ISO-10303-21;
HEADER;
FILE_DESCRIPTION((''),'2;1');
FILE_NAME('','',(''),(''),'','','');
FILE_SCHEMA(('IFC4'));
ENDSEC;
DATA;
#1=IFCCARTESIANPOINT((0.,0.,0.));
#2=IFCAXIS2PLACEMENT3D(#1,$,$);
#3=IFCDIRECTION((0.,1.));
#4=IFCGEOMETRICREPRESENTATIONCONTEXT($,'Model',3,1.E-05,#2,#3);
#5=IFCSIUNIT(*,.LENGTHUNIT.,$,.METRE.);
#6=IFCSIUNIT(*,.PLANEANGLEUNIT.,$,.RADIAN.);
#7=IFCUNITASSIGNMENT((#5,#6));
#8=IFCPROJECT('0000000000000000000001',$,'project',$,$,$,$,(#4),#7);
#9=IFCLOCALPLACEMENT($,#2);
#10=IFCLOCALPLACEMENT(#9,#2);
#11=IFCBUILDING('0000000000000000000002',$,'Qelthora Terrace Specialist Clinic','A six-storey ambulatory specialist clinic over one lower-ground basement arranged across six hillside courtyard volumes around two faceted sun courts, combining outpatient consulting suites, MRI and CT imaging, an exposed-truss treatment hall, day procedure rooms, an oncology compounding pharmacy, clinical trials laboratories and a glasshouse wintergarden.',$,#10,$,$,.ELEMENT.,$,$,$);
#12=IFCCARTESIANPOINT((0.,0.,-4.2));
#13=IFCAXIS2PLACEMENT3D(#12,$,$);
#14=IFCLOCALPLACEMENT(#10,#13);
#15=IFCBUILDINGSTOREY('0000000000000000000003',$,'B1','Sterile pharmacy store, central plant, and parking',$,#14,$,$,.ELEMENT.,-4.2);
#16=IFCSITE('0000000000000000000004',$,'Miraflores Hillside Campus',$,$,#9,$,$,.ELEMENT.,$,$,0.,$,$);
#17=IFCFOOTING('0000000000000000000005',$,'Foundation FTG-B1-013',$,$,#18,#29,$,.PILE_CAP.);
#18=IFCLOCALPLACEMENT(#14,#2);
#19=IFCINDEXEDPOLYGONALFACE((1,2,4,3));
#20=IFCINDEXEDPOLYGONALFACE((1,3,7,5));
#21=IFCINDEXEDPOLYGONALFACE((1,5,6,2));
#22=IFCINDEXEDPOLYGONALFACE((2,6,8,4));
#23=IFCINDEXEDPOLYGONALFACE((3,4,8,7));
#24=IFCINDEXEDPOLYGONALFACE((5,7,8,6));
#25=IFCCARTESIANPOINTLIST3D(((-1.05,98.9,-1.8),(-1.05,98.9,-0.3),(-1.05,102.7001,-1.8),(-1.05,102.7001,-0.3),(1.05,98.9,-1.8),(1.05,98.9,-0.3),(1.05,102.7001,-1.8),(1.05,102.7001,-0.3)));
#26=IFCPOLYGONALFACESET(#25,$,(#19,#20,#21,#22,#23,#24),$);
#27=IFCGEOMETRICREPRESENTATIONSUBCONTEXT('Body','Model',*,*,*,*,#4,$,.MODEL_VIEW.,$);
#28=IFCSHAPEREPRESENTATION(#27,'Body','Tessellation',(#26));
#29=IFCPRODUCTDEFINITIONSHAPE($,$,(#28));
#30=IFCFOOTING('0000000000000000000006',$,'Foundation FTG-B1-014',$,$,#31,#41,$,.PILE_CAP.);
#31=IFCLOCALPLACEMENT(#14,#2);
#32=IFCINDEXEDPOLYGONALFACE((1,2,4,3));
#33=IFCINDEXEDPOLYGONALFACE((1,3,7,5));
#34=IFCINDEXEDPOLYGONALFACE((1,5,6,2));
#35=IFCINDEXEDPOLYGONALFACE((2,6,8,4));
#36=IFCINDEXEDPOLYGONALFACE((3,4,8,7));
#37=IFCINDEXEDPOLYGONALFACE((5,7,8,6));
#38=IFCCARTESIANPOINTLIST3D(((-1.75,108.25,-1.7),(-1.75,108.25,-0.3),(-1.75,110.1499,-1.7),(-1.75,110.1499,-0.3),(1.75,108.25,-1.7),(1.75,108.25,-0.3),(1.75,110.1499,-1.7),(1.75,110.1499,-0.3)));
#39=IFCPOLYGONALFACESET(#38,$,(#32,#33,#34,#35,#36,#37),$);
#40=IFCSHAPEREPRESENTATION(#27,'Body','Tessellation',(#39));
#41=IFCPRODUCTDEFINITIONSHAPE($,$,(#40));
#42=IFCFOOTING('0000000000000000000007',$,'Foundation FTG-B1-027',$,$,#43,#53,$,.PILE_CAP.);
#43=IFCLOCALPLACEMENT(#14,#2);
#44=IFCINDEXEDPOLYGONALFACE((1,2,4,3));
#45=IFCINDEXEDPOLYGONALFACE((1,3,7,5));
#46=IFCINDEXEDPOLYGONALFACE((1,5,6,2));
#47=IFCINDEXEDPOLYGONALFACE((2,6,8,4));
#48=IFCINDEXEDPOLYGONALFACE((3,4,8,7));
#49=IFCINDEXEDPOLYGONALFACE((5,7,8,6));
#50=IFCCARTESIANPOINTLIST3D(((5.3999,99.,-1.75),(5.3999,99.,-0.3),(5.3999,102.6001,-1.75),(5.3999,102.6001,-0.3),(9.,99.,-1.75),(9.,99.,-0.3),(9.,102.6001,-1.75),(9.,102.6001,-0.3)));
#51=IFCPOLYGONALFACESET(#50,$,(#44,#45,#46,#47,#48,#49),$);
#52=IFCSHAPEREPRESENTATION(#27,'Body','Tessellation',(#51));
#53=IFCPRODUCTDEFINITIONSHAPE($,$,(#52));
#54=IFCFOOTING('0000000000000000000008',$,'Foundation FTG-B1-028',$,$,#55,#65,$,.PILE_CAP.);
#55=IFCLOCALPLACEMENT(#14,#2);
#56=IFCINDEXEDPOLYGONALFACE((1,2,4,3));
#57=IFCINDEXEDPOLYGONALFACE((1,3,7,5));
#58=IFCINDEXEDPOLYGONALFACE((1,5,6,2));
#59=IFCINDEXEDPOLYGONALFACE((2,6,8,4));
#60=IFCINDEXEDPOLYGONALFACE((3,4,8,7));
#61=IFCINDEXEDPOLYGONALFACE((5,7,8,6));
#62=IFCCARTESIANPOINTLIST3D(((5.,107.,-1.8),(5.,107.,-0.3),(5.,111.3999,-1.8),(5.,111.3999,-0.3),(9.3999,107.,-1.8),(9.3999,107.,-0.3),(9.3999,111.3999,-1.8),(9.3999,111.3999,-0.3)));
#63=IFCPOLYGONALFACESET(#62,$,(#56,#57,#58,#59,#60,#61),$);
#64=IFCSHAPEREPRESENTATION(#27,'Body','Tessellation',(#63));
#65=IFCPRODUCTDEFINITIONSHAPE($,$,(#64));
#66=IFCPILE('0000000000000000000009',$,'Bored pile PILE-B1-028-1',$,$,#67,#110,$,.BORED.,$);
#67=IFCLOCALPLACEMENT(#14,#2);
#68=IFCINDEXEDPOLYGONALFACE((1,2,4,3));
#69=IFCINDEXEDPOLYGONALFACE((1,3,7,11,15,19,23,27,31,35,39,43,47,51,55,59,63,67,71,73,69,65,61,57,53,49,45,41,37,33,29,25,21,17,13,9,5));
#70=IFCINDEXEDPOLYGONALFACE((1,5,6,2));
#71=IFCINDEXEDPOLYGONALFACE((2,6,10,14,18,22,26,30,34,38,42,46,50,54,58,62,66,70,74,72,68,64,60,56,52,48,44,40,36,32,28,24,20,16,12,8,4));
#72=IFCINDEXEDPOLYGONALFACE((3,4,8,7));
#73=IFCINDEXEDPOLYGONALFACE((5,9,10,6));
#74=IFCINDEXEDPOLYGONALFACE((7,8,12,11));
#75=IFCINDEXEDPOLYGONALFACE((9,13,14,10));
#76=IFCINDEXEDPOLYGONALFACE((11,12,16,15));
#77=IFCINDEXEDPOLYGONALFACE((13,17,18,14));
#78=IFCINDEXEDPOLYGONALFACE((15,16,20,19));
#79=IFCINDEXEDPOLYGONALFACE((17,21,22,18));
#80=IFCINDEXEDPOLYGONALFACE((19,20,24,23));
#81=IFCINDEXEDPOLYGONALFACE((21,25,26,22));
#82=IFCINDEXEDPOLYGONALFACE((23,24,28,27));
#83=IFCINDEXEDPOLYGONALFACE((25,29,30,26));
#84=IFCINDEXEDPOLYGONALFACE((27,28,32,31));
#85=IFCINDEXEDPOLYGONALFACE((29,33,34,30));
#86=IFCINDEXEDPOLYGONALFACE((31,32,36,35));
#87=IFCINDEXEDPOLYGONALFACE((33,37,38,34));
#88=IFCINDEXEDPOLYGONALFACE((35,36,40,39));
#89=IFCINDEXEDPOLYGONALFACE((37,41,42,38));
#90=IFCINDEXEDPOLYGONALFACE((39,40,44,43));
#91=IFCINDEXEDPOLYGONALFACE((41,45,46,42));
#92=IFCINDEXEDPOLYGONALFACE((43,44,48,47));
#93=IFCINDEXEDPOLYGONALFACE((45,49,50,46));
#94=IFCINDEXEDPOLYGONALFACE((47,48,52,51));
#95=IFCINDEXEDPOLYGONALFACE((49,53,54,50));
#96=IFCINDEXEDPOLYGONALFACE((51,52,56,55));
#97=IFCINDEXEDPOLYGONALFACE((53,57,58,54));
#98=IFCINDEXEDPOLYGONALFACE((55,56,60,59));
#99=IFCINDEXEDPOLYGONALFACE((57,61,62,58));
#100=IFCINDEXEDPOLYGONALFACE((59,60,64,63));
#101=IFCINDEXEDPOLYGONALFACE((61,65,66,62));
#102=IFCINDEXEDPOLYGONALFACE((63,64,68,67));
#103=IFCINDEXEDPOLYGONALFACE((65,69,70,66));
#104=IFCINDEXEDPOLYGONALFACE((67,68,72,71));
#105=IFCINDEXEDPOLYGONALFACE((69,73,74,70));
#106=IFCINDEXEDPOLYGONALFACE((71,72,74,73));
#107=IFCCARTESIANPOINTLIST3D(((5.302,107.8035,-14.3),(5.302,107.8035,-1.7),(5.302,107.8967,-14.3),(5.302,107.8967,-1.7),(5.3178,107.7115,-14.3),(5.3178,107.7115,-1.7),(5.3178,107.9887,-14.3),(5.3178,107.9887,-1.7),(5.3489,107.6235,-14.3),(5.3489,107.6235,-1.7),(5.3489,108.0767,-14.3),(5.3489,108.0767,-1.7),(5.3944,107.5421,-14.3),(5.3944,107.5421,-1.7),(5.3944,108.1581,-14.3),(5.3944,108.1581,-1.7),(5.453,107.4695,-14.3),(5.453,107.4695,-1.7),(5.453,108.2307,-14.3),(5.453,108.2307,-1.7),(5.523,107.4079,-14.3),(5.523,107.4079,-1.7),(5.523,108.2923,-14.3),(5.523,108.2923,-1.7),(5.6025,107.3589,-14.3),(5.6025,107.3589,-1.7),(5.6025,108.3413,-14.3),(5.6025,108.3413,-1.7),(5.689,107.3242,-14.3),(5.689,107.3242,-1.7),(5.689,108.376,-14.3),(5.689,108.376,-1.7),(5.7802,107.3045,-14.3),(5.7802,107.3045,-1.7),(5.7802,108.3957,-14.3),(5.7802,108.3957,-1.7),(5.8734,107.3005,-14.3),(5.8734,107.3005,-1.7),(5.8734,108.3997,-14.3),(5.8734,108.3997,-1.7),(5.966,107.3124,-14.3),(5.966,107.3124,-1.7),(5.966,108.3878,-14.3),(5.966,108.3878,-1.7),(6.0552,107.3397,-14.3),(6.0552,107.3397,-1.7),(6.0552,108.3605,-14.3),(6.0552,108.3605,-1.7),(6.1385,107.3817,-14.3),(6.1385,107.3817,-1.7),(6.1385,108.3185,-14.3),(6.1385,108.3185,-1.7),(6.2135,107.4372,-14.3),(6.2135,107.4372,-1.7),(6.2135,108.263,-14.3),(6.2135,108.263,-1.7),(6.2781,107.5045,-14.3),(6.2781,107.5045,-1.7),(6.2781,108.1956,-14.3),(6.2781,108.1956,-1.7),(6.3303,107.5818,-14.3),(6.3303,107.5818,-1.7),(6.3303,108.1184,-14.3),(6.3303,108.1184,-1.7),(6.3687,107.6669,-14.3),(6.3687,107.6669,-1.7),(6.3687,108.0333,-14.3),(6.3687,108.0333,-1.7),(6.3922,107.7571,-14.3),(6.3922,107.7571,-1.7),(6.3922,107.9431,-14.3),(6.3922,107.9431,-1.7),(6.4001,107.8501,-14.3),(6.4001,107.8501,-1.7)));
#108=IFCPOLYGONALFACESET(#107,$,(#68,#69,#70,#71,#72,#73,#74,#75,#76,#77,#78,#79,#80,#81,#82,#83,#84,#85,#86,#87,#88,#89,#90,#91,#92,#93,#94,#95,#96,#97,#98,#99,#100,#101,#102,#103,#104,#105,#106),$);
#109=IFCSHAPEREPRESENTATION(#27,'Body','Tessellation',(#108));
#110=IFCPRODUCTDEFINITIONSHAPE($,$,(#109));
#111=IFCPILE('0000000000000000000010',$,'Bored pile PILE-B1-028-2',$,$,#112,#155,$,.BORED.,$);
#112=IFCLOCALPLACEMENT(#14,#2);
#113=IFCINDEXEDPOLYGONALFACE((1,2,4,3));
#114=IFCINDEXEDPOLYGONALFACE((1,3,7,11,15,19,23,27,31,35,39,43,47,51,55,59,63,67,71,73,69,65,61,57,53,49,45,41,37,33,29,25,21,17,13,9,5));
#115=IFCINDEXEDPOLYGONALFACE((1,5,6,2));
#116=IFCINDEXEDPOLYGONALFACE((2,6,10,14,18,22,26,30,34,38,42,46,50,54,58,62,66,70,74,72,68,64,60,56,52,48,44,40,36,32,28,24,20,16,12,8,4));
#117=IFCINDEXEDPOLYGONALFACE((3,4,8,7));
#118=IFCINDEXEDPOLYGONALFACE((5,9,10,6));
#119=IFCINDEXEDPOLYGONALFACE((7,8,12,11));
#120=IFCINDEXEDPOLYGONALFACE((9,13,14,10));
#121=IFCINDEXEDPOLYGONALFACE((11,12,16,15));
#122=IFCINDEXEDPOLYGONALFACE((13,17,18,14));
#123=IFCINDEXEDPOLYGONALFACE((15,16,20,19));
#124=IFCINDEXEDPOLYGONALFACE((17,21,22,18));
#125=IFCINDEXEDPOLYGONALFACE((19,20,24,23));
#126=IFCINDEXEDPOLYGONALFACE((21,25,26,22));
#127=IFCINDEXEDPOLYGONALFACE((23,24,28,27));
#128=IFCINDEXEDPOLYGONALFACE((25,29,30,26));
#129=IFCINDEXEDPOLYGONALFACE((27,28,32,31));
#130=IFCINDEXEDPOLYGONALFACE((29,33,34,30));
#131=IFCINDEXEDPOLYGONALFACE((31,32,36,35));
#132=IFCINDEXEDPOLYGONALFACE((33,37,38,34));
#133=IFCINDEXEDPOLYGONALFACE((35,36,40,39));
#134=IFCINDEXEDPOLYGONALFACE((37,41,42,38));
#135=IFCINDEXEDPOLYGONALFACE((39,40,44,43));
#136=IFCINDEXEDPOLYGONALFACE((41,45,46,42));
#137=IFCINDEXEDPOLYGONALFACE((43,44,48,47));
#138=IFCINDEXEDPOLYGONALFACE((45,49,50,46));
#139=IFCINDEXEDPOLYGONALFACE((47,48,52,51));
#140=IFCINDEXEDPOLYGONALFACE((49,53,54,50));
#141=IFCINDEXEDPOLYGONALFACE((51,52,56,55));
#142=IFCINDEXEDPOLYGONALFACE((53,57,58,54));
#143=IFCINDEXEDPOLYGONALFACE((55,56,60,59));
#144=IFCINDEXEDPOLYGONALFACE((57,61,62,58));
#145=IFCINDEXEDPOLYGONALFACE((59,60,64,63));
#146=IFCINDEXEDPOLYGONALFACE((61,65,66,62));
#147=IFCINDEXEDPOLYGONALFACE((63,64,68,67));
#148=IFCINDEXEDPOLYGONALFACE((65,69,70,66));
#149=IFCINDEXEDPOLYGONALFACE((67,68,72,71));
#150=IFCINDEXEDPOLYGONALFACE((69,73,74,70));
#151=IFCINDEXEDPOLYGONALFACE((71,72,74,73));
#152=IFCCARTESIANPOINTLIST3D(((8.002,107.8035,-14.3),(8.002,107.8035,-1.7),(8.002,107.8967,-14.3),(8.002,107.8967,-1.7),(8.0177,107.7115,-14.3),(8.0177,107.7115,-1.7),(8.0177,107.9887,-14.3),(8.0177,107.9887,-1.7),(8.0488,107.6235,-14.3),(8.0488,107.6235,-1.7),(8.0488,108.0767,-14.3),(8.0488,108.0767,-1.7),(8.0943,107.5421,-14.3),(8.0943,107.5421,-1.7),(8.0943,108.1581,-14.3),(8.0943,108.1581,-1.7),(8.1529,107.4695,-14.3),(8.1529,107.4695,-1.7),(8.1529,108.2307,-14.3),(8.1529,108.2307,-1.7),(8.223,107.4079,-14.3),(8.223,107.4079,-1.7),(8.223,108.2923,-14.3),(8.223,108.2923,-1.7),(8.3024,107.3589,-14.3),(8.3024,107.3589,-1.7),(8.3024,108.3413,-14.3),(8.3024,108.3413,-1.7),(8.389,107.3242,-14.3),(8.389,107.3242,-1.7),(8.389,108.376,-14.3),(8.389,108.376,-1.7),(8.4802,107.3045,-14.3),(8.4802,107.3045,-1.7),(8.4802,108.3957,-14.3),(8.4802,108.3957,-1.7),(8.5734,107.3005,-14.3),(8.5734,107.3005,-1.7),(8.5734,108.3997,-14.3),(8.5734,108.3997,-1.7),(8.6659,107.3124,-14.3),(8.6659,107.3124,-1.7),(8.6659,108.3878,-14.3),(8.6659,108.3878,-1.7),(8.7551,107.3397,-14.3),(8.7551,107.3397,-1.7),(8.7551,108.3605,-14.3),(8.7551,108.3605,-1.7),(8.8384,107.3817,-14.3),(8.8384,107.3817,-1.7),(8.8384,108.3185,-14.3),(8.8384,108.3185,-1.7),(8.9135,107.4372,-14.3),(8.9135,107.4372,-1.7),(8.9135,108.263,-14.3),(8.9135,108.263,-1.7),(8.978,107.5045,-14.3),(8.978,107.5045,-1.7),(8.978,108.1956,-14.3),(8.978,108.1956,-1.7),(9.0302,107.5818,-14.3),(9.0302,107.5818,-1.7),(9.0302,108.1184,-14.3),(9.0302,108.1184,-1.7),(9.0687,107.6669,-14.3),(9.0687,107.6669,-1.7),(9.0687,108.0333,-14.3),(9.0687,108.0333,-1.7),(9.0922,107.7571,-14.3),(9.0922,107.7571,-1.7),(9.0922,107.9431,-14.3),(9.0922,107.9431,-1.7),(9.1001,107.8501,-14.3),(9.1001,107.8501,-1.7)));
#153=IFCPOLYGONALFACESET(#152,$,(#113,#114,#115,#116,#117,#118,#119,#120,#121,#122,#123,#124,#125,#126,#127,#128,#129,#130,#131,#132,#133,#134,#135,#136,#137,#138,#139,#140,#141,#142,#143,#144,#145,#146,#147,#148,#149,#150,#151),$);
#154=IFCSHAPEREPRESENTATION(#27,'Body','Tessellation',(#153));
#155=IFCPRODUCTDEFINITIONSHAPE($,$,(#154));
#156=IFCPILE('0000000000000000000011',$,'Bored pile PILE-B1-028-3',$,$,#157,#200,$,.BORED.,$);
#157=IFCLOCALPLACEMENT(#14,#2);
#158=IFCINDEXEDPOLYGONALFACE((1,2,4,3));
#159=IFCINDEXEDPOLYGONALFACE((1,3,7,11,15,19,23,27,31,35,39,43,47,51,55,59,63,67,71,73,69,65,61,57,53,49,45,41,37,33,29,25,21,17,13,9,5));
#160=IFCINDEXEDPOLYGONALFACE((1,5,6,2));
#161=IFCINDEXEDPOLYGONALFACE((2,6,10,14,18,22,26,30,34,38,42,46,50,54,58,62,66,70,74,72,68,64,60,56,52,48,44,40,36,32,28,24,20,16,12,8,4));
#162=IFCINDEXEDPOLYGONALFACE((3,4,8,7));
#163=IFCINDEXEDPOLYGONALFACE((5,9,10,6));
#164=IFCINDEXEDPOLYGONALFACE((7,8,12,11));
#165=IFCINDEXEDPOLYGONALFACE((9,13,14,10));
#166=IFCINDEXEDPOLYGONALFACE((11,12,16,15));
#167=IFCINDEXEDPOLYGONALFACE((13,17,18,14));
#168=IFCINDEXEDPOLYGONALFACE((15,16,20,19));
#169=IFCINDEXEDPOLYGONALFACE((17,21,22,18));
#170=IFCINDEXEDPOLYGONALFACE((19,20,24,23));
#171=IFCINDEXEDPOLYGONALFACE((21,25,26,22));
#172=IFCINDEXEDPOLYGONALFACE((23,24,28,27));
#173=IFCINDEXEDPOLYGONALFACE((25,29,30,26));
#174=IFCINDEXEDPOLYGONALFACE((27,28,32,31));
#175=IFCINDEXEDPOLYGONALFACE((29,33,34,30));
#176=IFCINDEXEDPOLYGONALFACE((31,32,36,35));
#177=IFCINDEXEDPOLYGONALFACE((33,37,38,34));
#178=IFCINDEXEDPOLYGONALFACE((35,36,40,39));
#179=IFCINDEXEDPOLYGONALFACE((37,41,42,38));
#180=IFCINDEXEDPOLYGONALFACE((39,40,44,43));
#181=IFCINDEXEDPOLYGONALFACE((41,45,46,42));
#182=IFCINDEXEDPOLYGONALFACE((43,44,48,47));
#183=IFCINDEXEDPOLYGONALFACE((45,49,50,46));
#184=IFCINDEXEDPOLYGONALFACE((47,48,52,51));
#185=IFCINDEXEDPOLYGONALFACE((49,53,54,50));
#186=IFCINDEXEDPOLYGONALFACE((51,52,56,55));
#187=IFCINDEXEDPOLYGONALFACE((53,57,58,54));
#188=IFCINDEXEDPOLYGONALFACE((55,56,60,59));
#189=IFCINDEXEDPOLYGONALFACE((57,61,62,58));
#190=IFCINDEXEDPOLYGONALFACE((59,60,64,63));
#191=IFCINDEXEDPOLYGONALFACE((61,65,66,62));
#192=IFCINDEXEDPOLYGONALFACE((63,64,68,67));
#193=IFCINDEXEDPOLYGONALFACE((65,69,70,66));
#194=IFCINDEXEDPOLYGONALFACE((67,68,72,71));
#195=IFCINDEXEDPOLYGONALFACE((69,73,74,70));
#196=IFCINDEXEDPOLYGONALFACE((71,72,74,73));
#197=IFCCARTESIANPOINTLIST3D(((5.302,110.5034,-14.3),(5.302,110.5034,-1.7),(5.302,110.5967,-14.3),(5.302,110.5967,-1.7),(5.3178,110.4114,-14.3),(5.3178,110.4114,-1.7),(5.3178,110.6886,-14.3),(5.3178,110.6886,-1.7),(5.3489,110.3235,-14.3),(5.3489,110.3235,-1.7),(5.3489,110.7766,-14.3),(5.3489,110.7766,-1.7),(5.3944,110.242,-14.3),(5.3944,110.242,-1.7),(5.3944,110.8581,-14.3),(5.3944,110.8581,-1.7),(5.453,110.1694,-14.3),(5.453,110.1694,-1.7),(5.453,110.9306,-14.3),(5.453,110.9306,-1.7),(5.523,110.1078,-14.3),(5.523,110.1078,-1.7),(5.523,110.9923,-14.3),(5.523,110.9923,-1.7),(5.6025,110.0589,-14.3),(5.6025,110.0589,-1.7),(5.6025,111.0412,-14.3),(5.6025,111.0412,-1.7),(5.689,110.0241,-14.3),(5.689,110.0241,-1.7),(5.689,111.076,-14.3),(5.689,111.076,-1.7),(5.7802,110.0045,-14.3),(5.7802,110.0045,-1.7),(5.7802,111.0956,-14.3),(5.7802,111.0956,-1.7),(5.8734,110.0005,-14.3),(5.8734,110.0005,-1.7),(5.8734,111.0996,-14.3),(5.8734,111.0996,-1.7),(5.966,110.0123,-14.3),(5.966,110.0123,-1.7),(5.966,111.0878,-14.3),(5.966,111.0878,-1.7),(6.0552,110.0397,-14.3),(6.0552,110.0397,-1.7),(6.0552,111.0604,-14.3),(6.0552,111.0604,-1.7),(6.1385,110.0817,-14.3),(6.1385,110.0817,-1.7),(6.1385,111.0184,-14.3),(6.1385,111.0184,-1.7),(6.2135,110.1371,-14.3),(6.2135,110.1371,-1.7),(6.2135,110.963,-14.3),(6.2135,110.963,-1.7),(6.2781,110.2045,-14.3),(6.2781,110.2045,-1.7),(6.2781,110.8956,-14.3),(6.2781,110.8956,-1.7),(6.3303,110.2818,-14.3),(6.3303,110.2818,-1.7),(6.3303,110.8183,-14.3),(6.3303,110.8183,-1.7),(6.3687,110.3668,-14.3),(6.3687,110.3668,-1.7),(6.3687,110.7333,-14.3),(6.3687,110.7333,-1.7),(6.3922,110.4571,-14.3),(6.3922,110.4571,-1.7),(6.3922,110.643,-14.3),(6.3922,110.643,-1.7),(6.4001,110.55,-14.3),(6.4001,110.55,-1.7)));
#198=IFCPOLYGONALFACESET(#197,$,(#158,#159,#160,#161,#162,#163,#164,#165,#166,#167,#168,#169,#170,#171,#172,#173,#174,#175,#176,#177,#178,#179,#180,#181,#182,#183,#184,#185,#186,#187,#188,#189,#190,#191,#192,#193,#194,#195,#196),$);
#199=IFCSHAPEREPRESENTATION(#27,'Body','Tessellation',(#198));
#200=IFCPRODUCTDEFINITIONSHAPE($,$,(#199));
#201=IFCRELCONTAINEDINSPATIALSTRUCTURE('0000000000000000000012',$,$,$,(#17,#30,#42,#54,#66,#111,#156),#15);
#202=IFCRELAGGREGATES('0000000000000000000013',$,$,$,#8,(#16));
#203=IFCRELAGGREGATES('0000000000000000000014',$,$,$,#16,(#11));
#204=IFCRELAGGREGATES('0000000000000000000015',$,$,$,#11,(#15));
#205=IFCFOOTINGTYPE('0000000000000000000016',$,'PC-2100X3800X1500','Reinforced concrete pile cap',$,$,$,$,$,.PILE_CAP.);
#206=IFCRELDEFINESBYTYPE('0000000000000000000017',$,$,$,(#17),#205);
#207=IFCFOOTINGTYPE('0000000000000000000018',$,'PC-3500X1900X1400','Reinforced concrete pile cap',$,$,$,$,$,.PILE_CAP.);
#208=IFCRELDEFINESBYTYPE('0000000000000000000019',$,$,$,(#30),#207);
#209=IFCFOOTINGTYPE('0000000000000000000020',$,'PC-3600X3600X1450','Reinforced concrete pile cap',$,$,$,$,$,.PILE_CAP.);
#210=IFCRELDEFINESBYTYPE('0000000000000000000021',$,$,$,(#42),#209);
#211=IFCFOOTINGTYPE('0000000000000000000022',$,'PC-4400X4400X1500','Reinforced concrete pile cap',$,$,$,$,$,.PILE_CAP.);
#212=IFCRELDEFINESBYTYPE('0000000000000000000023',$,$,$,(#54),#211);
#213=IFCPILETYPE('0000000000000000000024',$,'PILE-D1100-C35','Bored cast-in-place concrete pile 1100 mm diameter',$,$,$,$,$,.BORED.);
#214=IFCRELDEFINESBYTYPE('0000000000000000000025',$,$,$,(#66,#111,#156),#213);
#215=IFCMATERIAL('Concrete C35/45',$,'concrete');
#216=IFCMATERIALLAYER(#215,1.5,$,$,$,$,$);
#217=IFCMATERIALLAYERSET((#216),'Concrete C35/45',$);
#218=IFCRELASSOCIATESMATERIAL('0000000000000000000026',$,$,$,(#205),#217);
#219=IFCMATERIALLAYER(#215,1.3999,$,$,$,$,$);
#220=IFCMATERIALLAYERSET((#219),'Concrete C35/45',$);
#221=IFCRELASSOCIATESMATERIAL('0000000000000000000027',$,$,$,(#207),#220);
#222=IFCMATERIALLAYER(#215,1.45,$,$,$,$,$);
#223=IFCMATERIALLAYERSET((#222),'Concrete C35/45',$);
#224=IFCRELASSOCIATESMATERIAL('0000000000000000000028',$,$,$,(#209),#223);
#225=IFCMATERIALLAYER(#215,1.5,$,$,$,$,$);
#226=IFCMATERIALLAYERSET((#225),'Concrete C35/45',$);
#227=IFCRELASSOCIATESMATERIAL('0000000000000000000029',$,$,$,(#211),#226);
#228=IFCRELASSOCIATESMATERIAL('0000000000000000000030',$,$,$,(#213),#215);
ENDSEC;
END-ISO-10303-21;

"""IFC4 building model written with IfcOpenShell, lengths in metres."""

from ifc_helpers import new_model, si_unit, direction, frame, origin, origin_2d, place, context, subcontext, project, spatial, rectangle, circle, extrude, material, layer, layer_set, material_profile, profile_set, type_object, element, save


model = new_model("IFC4")

# Units and contexts
model_context = context("Model", 3, precision=1e-05, world=origin(), true_north=direction((0.0, 1.0)))
body_context = subcontext(model_context, "Body", "Model", "MODEL_VIEW")
ifc_project = project(units=[si_unit("LENGTHUNIT", "METRE"), si_unit("PLANEANGLEUNIT", "RADIAN")], contexts=[model_context])

# Site, building, storey
site_placement = place(None, origin())
site = spatial("IfcSite", under=ifc_project, at=site_placement, Name="Miraflores Hillside Campus", CompositionType="ELEMENT", RefElevation=0.0)
building_placement = place(site_placement, origin())
building = spatial("IfcBuilding", under=site, at=building_placement, Name="Qelthora Terrace Specialist Clinic", Description="A six-storey ambulatory specialist clinic over one lower-ground basement arranged across six hillside courtyard volumes around two faceted sun courts, combining outpatient consulting suites, MRI and CT imaging, an exposed-truss treatment hall, day procedure rooms, an oncology compounding pharmacy, clinical trials laboratories and a glasshouse wintergarden.", CompositionType="ELEMENT")
storey_placement = place(building_placement, frame((0.0, 0.0, -4.2)))
storey = spatial("IfcBuildingStorey", under=building, at=storey_placement, Name="B1", Description="Sterile pharmacy store, central plant, and parking", CompositionType="ELEMENT", Elevation=-4.2)

# Footings
ifc_material_1 = material(Name="Concrete C35/45", Category="concrete")
ifc_layer_1 = layer(ifc_material_1, 1.5)
ifc_layer_set_1 = layer_set([ifc_layer_1], Name="Concrete C35/45")
footing_type_1 = type_object("IfcFootingType", Name="PC-2100X3800X1500", Description="Reinforced concrete pile cap", PredefinedType="PILE_CAP", material=ifc_layer_set_1)
footing_1_placement = place(storey_placement, frame((0.0, 100.8, -1.8), z_axis=(0.0, 0.0, 1.0), x_axis=(1.0, 0.0, 0.0)))
element("IfcFooting", 1, at=footing_1_placement, inside=storey, type_object=footing_type_1, Name="Foundation FTG-B1-013", PredefinedType="PILE_CAP", context=body_context, shape_type="SweptSolid", body=[
    extrude(rectangle(XDim=2.1001, YDim=3.8, at=origin_2d()), origin(), (0.0, 0.0, 1.0), 1.5),
])
ifc_layer_2 = layer(ifc_material_1, 1.3999)
ifc_layer_set_2 = layer_set([ifc_layer_2], Name="Concrete C35/45")
footing_type_2 = type_object("IfcFootingType", Name="PC-3500X1900X1400", Description="Reinforced concrete pile cap", PredefinedType="PILE_CAP", material=ifc_layer_set_2)
footing_2_placement = place(storey_placement, frame((0.0, 109.2, -1.7), z_axis=(0.0, 0.0, 1.0), x_axis=(1.0, 0.0, 0.0)))
element("IfcFooting", 2, at=footing_2_placement, inside=storey, type_object=footing_type_2, Name="Foundation FTG-B1-014", PredefinedType="PILE_CAP", context=body_context, shape_type="SweptSolid", body=[
    extrude(rectangle(XDim=3.5, YDim=1.8999, at=origin_2d()), origin(), (0.0, 0.0, 1.0), 1.3999),
])
ifc_layer_3 = layer(ifc_material_1, 1.45)
ifc_layer_set_3 = layer_set([ifc_layer_3], Name="Concrete C35/45")
footing_type_3 = type_object("IfcFootingType", Name="PC-3600X3600X1450", Description="Reinforced concrete pile cap", PredefinedType="PILE_CAP", material=ifc_layer_set_3)
footing_3_placement = place(storey_placement, frame((7.2, 100.8, -1.75), z_axis=(0.0, 0.0, 1.0), x_axis=(1.0, 0.0, 0.0)))
element("IfcFooting", 3, at=footing_3_placement, inside=storey, type_object=footing_type_3, Name="Foundation FTG-B1-027", PredefinedType="PILE_CAP", context=body_context, shape_type="SweptSolid", body=[
    extrude(rectangle(XDim=3.6001, YDim=3.6001, at=origin_2d()), origin(), (0.0, 0.0, 1.0), 1.45),
])
ifc_layer_4 = layer(ifc_material_1, 1.5)
ifc_layer_set_4 = layer_set([ifc_layer_4], Name="Concrete C35/45")
footing_type_4 = type_object("IfcFootingType", Name="PC-4400X4400X1500", Description="Reinforced concrete pile cap", PredefinedType="PILE_CAP", material=ifc_layer_set_4)
footing_4_placement = place(storey_placement, frame((7.2, 109.2, -1.8), z_axis=(0.0, 0.0, 1.0), x_axis=(1.0, 0.0, 0.0)))
element("IfcFooting", 4, at=footing_4_placement, inside=storey, type_object=footing_type_4, Name="Foundation FTG-B1-028", PredefinedType="PILE_CAP", context=body_context, shape_type="SweptSolid", body=[
    extrude(rectangle(XDim=4.3999, YDim=4.3999, at=origin_2d()), origin(), (0.0, 0.0, 1.0), 1.5),
])

# Piles
ifc_material_profile_1 = material_profile(ifc_material_1, circle(Radius=0.55, at=origin_2d()), Name="PILE1100")
ifc_profile_set_1 = profile_set([ifc_material_profile_1], Name="Concrete C35/45")
pile_type_1 = type_object("IfcPileType", Name="PILE-D1100-C35", Description="Bored cast-in-place concrete pile 1100 mm diameter", PredefinedType="BORED", material=ifc_profile_set_1)
for number, where, z_axis, x_axis, name in (
    (5, (5.8501, 107.8501, -1.7), (0.0, 0.0, -1.0), (1.0, 0.0, 0.0), "Bored pile PILE-B1-028-1"),
    (6, (8.55, 107.8501, -1.7), (0.0, 0.0, -1.0), (1.0, 0.0, 0.0), "Bored pile PILE-B1-028-2"),
    (7, (5.8501, 110.55, -1.7), (0.0, 0.0, -1.0), (1.0, 0.0, 0.0), "Bored pile PILE-B1-028-3"),
):
    element("IfcPile", number, at=place(storey_placement, frame(where, z_axis=z_axis, x_axis=x_axis)), inside=storey, type_object=pile_type_1, Name=name, PredefinedType="BORED", context=body_context, shape_type="SweptSolid", body=[
        extrude(circle(Radius=0.55, at=origin_2d()), origin(), (0.0, 0.0, 1.0), 12.6001),
    ])

save(model, "model.ifc")
